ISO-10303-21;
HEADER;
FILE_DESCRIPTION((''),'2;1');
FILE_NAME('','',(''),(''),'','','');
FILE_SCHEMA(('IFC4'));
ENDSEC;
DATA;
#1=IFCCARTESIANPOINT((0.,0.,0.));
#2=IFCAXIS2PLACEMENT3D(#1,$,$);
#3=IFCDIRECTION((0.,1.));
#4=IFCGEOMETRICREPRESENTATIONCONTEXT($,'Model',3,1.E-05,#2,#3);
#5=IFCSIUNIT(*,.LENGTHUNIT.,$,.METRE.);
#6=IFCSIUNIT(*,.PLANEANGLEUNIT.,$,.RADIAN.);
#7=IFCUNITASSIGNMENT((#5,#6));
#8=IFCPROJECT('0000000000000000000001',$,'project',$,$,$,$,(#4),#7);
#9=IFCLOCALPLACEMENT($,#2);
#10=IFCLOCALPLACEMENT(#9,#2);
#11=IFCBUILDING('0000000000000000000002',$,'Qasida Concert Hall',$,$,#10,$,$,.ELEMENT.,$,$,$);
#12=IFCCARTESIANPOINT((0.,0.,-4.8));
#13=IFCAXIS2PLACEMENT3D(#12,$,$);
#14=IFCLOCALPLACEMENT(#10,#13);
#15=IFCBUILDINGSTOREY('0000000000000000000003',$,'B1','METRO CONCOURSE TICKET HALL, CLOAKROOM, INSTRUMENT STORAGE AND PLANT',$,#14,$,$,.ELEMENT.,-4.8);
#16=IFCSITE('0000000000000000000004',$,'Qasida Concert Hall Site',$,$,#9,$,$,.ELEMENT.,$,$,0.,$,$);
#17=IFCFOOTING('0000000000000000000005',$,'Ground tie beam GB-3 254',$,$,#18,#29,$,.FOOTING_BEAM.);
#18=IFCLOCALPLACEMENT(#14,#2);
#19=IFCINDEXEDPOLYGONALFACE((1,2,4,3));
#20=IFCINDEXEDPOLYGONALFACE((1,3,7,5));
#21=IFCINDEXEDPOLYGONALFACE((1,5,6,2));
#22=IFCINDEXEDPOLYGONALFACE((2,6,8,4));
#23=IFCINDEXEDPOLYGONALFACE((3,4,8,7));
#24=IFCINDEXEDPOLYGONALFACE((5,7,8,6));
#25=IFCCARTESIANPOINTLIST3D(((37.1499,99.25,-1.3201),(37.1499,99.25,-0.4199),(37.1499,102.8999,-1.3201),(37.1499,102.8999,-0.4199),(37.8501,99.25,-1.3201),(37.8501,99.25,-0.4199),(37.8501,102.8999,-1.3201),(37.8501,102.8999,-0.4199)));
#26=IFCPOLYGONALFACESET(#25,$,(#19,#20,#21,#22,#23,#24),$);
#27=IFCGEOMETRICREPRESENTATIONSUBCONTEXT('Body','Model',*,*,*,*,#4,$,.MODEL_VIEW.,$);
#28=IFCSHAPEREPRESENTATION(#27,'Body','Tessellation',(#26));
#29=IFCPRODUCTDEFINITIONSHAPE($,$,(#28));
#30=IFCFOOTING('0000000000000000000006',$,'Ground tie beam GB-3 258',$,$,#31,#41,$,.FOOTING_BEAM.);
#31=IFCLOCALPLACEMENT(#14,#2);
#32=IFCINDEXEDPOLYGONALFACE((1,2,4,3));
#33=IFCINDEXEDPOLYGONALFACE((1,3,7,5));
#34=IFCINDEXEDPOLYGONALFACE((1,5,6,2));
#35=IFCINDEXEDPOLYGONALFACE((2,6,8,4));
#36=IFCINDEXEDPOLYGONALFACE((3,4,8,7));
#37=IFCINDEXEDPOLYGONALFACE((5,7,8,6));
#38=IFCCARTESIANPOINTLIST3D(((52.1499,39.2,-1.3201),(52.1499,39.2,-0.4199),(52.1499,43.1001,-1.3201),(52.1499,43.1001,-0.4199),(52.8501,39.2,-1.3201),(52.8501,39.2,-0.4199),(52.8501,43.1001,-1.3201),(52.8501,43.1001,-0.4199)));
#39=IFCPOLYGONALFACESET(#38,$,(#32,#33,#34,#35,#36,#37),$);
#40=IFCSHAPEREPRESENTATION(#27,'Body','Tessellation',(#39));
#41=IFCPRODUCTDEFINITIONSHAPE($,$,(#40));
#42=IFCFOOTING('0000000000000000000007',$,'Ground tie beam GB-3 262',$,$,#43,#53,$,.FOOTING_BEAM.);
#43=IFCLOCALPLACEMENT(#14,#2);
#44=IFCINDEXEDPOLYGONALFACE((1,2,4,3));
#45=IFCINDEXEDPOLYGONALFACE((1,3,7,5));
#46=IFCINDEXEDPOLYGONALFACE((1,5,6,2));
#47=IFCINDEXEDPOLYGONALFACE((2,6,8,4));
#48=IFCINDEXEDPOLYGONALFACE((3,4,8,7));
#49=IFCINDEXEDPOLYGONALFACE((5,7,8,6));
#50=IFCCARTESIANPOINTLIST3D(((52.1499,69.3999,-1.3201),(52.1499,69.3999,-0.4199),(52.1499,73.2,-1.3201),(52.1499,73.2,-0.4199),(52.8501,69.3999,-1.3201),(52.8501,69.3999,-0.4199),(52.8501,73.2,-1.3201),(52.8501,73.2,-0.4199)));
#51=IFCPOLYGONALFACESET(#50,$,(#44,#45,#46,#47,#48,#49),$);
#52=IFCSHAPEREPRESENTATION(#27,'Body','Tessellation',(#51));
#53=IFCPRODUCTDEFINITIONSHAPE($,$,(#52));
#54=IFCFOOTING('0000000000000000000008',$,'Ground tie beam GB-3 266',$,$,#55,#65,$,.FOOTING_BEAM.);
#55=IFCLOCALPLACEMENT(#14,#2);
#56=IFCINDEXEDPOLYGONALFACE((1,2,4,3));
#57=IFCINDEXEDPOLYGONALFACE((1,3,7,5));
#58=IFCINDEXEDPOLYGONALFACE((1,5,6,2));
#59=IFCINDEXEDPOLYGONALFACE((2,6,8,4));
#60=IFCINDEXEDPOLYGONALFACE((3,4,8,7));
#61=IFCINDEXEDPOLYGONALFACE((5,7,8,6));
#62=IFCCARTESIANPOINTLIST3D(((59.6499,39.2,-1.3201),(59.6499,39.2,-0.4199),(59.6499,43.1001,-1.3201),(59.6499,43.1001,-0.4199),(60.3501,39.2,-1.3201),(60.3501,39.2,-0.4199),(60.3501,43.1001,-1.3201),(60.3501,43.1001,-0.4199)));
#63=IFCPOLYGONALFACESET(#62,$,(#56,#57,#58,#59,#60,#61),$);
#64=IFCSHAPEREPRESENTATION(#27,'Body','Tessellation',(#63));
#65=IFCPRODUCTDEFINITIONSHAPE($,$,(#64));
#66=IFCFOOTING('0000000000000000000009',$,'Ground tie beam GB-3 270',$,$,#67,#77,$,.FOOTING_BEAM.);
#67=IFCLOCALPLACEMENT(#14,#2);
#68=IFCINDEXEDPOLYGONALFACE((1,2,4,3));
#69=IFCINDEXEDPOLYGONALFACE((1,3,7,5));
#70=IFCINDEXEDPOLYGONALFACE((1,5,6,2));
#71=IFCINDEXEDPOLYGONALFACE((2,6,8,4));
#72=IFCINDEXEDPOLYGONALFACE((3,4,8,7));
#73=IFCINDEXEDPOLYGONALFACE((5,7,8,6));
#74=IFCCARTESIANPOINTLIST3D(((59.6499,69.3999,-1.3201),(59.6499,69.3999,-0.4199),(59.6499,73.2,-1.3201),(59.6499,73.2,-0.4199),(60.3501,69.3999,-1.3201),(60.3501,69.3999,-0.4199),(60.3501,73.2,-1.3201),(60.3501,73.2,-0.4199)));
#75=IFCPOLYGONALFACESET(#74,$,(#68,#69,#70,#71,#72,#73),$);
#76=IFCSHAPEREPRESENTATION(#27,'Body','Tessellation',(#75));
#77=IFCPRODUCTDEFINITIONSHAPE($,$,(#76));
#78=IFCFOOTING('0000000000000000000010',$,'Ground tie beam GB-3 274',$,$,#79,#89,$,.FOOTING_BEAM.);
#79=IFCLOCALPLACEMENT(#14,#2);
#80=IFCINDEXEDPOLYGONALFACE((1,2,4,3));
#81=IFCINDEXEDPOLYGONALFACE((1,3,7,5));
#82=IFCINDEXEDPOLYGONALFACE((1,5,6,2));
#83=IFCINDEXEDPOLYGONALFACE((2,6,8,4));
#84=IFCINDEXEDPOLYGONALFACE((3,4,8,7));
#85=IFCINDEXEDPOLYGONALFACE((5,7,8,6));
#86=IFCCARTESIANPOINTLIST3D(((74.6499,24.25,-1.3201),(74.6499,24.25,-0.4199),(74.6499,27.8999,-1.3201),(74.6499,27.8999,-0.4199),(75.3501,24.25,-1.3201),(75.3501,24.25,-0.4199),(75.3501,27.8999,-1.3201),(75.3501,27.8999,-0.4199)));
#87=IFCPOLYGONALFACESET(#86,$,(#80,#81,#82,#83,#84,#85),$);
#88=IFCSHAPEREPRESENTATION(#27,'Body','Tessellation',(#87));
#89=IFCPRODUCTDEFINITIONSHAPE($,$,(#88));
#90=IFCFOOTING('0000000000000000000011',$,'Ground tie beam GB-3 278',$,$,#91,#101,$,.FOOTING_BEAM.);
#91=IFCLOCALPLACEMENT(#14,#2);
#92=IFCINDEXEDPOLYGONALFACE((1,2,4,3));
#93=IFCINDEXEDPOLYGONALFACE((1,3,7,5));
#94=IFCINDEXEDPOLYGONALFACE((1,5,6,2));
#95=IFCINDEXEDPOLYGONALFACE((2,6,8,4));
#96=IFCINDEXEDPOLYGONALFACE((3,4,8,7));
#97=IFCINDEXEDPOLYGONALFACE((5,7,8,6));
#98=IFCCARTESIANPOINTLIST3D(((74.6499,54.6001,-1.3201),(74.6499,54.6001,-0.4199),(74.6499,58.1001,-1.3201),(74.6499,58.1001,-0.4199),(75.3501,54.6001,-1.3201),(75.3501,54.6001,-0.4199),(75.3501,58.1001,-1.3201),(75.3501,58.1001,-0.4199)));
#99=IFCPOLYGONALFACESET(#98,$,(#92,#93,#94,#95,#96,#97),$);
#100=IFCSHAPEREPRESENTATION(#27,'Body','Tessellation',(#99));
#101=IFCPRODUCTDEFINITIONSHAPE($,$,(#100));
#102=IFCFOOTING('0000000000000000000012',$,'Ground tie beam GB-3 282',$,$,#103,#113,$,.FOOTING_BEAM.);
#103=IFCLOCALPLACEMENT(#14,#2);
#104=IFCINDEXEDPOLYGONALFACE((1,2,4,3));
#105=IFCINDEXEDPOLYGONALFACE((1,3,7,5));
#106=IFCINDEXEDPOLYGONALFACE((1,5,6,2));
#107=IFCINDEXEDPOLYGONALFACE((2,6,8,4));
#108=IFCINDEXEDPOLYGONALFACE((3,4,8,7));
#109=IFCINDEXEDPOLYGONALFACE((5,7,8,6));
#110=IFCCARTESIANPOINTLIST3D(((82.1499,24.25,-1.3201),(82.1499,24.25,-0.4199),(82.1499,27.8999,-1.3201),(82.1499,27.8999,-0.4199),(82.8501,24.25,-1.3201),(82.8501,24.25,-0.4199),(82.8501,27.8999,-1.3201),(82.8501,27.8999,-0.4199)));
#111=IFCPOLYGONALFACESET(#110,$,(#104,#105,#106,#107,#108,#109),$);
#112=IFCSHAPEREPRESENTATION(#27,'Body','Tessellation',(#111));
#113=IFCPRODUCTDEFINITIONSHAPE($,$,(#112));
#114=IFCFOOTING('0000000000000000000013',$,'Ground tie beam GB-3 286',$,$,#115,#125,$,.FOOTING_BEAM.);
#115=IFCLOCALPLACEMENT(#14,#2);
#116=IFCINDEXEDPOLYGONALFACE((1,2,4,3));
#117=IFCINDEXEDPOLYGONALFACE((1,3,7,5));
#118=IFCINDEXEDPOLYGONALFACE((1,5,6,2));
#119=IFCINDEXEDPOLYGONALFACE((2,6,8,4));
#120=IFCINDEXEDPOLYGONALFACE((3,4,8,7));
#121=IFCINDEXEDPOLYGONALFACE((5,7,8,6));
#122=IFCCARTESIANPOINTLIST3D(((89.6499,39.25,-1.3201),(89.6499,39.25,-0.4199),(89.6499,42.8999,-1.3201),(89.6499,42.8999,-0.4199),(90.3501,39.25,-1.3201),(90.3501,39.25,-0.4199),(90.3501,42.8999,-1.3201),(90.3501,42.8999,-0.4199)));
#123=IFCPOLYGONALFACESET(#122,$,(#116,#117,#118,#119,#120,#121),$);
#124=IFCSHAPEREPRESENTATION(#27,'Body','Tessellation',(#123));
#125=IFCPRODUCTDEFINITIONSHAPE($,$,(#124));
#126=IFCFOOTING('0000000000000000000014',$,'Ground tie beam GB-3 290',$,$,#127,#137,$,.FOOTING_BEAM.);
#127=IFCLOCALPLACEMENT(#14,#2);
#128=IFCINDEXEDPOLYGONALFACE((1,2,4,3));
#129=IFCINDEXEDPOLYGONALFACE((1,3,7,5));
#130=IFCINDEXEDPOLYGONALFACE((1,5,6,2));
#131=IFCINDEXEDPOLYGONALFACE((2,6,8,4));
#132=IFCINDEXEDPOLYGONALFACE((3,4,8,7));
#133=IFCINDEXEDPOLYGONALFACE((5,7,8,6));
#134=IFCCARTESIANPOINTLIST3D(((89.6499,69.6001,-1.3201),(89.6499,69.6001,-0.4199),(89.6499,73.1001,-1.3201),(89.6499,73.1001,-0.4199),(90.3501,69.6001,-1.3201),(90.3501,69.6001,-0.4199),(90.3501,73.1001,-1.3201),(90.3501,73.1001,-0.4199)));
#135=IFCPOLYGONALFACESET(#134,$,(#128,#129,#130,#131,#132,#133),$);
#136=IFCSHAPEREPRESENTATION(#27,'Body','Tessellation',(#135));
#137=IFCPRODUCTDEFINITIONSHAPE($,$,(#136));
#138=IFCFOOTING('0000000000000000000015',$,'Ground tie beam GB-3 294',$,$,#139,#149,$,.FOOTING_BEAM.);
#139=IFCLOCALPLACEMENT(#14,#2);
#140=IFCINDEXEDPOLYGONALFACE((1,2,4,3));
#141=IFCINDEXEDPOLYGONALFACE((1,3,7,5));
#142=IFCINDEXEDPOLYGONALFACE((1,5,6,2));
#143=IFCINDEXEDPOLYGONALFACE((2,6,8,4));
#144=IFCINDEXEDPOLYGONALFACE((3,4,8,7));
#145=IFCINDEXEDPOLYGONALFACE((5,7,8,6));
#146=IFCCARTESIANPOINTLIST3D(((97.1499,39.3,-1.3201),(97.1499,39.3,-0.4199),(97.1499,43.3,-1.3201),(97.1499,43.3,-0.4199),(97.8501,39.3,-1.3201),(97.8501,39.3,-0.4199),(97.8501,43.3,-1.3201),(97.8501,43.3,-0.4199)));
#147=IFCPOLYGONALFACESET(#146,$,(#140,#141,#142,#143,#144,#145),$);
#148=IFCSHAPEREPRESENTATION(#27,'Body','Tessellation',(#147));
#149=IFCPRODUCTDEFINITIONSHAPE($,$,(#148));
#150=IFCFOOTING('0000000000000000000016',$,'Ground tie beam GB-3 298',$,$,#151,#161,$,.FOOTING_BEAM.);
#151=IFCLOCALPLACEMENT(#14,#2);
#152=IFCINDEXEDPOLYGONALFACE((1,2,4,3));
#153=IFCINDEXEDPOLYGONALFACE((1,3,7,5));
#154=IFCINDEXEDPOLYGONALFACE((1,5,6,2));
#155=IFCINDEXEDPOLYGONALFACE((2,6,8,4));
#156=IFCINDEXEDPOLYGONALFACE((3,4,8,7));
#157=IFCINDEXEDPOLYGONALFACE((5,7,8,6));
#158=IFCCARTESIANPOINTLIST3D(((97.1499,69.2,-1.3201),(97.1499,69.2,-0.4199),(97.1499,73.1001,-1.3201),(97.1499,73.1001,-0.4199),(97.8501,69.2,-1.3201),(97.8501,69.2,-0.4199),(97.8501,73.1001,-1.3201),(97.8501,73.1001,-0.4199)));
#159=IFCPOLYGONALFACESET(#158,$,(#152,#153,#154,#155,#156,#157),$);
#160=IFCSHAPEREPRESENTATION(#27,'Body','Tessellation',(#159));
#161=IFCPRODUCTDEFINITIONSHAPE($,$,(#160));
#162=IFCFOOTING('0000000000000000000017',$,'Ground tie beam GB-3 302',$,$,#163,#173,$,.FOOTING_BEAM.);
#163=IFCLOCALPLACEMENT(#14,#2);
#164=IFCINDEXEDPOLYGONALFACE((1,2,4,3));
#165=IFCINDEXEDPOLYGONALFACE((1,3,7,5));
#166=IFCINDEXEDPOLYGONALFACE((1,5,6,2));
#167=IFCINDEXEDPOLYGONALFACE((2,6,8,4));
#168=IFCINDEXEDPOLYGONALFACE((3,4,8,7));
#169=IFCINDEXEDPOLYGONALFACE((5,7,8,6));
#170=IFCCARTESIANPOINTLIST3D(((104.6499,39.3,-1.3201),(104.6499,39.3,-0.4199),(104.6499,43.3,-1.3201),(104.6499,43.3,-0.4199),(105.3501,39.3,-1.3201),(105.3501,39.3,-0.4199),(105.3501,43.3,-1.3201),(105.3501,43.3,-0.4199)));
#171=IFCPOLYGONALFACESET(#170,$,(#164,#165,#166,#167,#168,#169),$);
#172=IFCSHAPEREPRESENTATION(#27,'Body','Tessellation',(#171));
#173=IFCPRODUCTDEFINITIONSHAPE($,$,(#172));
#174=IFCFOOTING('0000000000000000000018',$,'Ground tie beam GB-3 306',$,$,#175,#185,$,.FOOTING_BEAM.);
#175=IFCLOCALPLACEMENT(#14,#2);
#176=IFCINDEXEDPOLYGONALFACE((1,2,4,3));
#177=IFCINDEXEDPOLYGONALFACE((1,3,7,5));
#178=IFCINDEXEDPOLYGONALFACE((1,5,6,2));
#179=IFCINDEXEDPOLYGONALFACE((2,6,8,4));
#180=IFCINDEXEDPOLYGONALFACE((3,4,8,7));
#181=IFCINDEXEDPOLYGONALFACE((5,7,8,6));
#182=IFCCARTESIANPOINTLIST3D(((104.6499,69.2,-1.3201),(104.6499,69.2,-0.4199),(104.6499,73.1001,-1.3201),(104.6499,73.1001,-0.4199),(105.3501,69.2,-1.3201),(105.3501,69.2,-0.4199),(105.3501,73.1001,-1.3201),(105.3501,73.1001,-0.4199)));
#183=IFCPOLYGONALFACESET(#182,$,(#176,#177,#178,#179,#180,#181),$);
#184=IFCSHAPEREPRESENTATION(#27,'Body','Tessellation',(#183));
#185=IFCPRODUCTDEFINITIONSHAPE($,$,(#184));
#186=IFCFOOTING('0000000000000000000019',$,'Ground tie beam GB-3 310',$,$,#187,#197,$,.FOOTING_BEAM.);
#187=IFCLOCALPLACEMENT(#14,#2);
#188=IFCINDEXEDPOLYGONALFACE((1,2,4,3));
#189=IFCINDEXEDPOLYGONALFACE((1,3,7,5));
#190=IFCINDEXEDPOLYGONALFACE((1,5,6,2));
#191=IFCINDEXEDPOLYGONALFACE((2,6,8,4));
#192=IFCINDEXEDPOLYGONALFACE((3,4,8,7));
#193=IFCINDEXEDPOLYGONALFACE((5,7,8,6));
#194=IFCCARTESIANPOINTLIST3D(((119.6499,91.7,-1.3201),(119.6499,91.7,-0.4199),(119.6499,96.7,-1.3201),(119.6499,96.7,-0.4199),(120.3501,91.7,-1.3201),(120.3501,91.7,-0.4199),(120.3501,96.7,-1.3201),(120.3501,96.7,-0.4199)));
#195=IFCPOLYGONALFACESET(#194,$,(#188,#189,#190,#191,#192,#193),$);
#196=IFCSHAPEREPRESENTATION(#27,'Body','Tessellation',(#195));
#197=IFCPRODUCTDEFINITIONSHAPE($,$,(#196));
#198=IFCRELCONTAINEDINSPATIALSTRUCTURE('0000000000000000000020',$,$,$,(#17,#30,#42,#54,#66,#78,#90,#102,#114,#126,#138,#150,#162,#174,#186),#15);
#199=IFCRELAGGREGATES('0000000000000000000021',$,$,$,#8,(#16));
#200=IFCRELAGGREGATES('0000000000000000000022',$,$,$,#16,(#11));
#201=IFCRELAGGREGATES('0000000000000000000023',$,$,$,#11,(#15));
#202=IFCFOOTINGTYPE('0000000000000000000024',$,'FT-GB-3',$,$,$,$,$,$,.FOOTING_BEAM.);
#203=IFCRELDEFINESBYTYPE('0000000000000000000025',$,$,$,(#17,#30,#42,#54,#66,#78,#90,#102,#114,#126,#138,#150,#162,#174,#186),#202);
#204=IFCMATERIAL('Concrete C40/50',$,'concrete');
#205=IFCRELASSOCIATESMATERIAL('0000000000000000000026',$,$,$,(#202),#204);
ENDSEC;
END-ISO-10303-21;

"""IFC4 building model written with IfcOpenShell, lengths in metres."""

from ifc_helpers import new_model, si_unit, direction, frame, origin, place, context, subcontext, project, spatial, polyline, outline, extrude, material, type_object, element, save


model = new_model("IFC4")

# Units and contexts
model_context = context("Model", 3, precision=1e-05, world=origin(), true_north=direction((0.0, 1.0)))
body_context = subcontext(model_context, "Body", "Model", "MODEL_VIEW")
ifc_project = project(units=[si_unit("LENGTHUNIT", "METRE"), si_unit("PLANEANGLEUNIT", "RADIAN")], contexts=[model_context])

# Site, building, storey
site_placement = place(None, origin())
site = spatial("IfcSite", under=ifc_project, at=site_placement, Name="Qasida Concert Hall Site", CompositionType="ELEMENT", RefElevation=0.0)
building_placement = place(site_placement, origin())
building = spatial("IfcBuilding", under=site, at=building_placement, Name="Qasida Concert Hall", CompositionType="ELEMENT")
storey_placement = place(building_placement, frame((0.0, 0.0, -4.8)))
storey = spatial("IfcBuildingStorey", under=building, at=storey_placement, Name="B1", Description="METRO CONCOURSE TICKET HALL, CLOAKROOM, INSTRUMENT STORAGE AND PLANT", CompositionType="ELEMENT", Elevation=-4.8)

# Footings
ifc_material = material(Name="Concrete C40/50", Category="concrete")
footing_type_1 = type_object("IfcFootingType", Name="FT-GB-3", PredefinedType="FOOTING_BEAM", material=ifc_material)
footing_1_placement = place(storey_placement, frame((0.0, 0.0, -1.3201)))
element("IfcFooting", 1, at=footing_1_placement, inside=storey, type_object=footing_type_1, Name="Ground tie beam GB-3 254", PredefinedType="FOOTING_BEAM", context=body_context, shape_type="SweptSolid", body=[
    extrude(outline(polyline([(37.1499, 99.25), (37.8501, 99.25), (37.8501, 102.8999), (37.1499, 102.8999), (37.1499, 99.25)])), origin(), (0.0, 0.0, 1.0), 0.9001),
])
footing_2_placement = place(storey_placement, frame((0.0, 0.0, -1.3201)))
element("IfcFooting", 2, at=footing_2_placement, inside=storey, type_object=footing_type_1, Name="Ground tie beam GB-3 258", PredefinedType="FOOTING_BEAM", context=body_context, shape_type="SweptSolid", body=[
    extrude(outline(polyline([(52.1499, 39.2), (52.8501, 39.2), (52.8501, 43.1001), (52.1499, 43.1001), (52.1499, 39.2)])), origin(), (0.0, 0.0, 1.0), 0.9001),
])
footing_3_placement = place(storey_placement, frame((0.0, 0.0, -1.3201)))
element("IfcFooting", 3, at=footing_3_placement, inside=storey, type_object=footing_type_1, Name="Ground tie beam GB-3 262", PredefinedType="FOOTING_BEAM", context=body_context, shape_type="SweptSolid", body=[
    extrude(outline(polyline([(52.1499, 69.3999), (52.8501, 69.3999), (52.8501, 73.2), (52.1499, 73.2), (52.1499, 69.3999)])), origin(), (0.0, 0.0, 1.0), 0.9001),
])
footing_4_placement = place(storey_placement, frame((0.0, 0.0, -1.3201)))
element("IfcFooting", 4, at=footing_4_placement, inside=storey, type_object=footing_type_1, Name="Ground tie beam GB-3 266", PredefinedType="FOOTING_BEAM", context=body_context, shape_type="SweptSolid", body=[
    extrude(outline(polyline([(59.6499, 39.2), (60.3501, 39.2), (60.3501, 43.1001), (59.6499, 43.1001), (59.6499, 39.2)])), origin(), (0.0, 0.0, 1.0), 0.9001),
])
footing_5_placement = place(storey_placement, frame((0.0, 0.0, -1.3201)))
element("IfcFooting", 5, at=footing_5_placement, inside=storey, type_object=footing_type_1, Name="Ground tie beam GB-3 270", PredefinedType="FOOTING_BEAM", context=body_context, shape_type="SweptSolid", body=[
    extrude(outline(polyline([(59.6499, 69.3999), (60.3501, 69.3999), (60.3501, 73.2), (59.6499, 73.2), (59.6499, 69.3999)])), origin(), (0.0, 0.0, 1.0), 0.9001),
])
footing_6_placement = place(storey_placement, frame((0.0, 0.0, -1.3201)))
element("IfcFooting", 6, at=footing_6_placement, inside=storey, type_object=footing_type_1, Name="Ground tie beam GB-3 274", PredefinedType="FOOTING_BEAM", context=body_context, shape_type="SweptSolid", body=[
    extrude(outline(polyline([(74.6499, 24.25), (75.3501, 24.25), (75.3501, 27.8999), (74.6499, 27.8999), (74.6499, 24.25)])), origin(), (0.0, 0.0, 1.0), 0.9001),
])
footing_7_placement = place(storey_placement, frame((0.0, 0.0, -1.3201)))
element("IfcFooting", 7, at=footing_7_placement, inside=storey, type_object=footing_type_1, Name="Ground tie beam GB-3 278", PredefinedType="FOOTING_BEAM", context=body_context, shape_type="SweptSolid", body=[
    extrude(outline(polyline([(74.6499, 54.6001), (75.3501, 54.6001), (75.3501, 58.1001), (74.6499, 58.1001), (74.6499, 54.6001)])), origin(), (0.0, 0.0, 1.0), 0.9001),
])
footing_8_placement = place(storey_placement, frame((0.0, 0.0, -1.3201)))
element("IfcFooting", 8, at=footing_8_placement, inside=storey, type_object=footing_type_1, Name="Ground tie beam GB-3 282", PredefinedType="FOOTING_BEAM", context=body_context, shape_type="SweptSolid", body=[
    extrude(outline(polyline([(82.1499, 24.25), (82.8501, 24.25), (82.8501, 27.8999), (82.1499, 27.8999), (82.1499, 24.25)])), origin(), (0.0, 0.0, 1.0), 0.9001),
])
footing_9_placement = place(storey_placement, frame((0.0, 0.0, -1.3201)))
element("IfcFooting", 9, at=footing_9_placement, inside=storey, type_object=footing_type_1, Name="Ground tie beam GB-3 286", PredefinedType="FOOTING_BEAM", context=body_context, shape_type="SweptSolid", body=[
    extrude(outline(polyline([(89.6499, 39.25), (90.3501, 39.25), (90.3501, 42.8999), (89.6499, 42.8999), (89.6499, 39.25)])), origin(), (0.0, 0.0, 1.0), 0.9001),
])
footing_10_placement = place(storey_placement, frame((0.0, 0.0, -1.3201)))
element("IfcFooting", 10, at=footing_10_placement, inside=storey, type_object=footing_type_1, Name="Ground tie beam GB-3 290", PredefinedType="FOOTING_BEAM", context=body_context, shape_type="SweptSolid", body=[
    extrude(outline(polyline([(89.6499, 69.6001), (90.3501, 69.6001), (90.3501, 73.1001), (89.6499, 73.1001), (89.6499, 69.6001)])), origin(), (0.0, 0.0, 1.0), 0.9001),
])
footing_11_placement = place(storey_placement, frame((0.0, 0.0, -1.3201)))
element("IfcFooting", 11, at=footing_11_placement, inside=storey, type_object=footing_type_1, Name="Ground tie beam GB-3 294", PredefinedType="FOOTING_BEAM", context=body_context, shape_type="SweptSolid", body=[
    extrude(outline(polyline([(97.1499, 39.3), (97.8501, 39.3), (97.8501, 43.3), (97.1499, 43.3), (97.1499, 39.3)])), origin(), (0.0, 0.0, 1.0), 0.9001),
])
footing_12_placement = place(storey_placement, frame((0.0, 0.0, -1.3201)))
element("IfcFooting", 12, at=footing_12_placement, inside=storey, type_object=footing_type_1, Name="Ground tie beam GB-3 298", PredefinedType="FOOTING_BEAM", context=body_context, shape_type="SweptSolid", body=[
    extrude(outline(polyline([(97.1499, 69.2), (97.8501, 69.2), (97.8501, 73.1001), (97.1499, 73.1001), (97.1499, 69.2)])), origin(), (0.0, 0.0, 1.0), 0.9001),
])
footing_13_placement = place(storey_placement, frame((0.0, 0.0, -1.3201)))
element("IfcFooting", 13, at=footing_13_placement, inside=storey, type_object=footing_type_1, Name="Ground tie beam GB-3 302", PredefinedType="FOOTING_BEAM", context=body_context, shape_type="SweptSolid", body=[
    extrude(outline(polyline([(104.6499, 39.3), (105.3501, 39.3), (105.3501, 43.3), (104.6499, 43.3), (104.6499, 39.3)])), origin(), (0.0, 0.0, 1.0), 0.9001),
])
footing_14_placement = place(storey_placement, frame((0.0, 0.0, -1.3201)))
element("IfcFooting", 14, at=footing_14_placement, inside=storey, type_object=footing_type_1, Name="Ground tie beam GB-3 306", PredefinedType="FOOTING_BEAM", context=body_context, shape_type="SweptSolid", body=[
    extrude(outline(polyline([(104.6499, 69.2), (105.3501, 69.2), (105.3501, 73.1001), (104.6499, 73.1001), (104.6499, 69.2)])), origin(), (0.0, 0.0, 1.0), 0.9001),
])
footing_15_placement = place(storey_placement, frame((0.0, 0.0, -1.3201)))
element("IfcFooting", 15, at=footing_15_placement, inside=storey, type_object=footing_type_1, Name="Ground tie beam GB-3 310", PredefinedType="FOOTING_BEAM", context=body_context, shape_type="SweptSolid", body=[
    extrude(outline(polyline([(119.6499, 91.7), (120.3501, 91.7), (120.3501, 96.7), (119.6499, 96.7), (119.6499, 91.7)])), origin(), (0.0, 0.0, 1.0), 0.9001),
])

save(model, "model.ifc")
